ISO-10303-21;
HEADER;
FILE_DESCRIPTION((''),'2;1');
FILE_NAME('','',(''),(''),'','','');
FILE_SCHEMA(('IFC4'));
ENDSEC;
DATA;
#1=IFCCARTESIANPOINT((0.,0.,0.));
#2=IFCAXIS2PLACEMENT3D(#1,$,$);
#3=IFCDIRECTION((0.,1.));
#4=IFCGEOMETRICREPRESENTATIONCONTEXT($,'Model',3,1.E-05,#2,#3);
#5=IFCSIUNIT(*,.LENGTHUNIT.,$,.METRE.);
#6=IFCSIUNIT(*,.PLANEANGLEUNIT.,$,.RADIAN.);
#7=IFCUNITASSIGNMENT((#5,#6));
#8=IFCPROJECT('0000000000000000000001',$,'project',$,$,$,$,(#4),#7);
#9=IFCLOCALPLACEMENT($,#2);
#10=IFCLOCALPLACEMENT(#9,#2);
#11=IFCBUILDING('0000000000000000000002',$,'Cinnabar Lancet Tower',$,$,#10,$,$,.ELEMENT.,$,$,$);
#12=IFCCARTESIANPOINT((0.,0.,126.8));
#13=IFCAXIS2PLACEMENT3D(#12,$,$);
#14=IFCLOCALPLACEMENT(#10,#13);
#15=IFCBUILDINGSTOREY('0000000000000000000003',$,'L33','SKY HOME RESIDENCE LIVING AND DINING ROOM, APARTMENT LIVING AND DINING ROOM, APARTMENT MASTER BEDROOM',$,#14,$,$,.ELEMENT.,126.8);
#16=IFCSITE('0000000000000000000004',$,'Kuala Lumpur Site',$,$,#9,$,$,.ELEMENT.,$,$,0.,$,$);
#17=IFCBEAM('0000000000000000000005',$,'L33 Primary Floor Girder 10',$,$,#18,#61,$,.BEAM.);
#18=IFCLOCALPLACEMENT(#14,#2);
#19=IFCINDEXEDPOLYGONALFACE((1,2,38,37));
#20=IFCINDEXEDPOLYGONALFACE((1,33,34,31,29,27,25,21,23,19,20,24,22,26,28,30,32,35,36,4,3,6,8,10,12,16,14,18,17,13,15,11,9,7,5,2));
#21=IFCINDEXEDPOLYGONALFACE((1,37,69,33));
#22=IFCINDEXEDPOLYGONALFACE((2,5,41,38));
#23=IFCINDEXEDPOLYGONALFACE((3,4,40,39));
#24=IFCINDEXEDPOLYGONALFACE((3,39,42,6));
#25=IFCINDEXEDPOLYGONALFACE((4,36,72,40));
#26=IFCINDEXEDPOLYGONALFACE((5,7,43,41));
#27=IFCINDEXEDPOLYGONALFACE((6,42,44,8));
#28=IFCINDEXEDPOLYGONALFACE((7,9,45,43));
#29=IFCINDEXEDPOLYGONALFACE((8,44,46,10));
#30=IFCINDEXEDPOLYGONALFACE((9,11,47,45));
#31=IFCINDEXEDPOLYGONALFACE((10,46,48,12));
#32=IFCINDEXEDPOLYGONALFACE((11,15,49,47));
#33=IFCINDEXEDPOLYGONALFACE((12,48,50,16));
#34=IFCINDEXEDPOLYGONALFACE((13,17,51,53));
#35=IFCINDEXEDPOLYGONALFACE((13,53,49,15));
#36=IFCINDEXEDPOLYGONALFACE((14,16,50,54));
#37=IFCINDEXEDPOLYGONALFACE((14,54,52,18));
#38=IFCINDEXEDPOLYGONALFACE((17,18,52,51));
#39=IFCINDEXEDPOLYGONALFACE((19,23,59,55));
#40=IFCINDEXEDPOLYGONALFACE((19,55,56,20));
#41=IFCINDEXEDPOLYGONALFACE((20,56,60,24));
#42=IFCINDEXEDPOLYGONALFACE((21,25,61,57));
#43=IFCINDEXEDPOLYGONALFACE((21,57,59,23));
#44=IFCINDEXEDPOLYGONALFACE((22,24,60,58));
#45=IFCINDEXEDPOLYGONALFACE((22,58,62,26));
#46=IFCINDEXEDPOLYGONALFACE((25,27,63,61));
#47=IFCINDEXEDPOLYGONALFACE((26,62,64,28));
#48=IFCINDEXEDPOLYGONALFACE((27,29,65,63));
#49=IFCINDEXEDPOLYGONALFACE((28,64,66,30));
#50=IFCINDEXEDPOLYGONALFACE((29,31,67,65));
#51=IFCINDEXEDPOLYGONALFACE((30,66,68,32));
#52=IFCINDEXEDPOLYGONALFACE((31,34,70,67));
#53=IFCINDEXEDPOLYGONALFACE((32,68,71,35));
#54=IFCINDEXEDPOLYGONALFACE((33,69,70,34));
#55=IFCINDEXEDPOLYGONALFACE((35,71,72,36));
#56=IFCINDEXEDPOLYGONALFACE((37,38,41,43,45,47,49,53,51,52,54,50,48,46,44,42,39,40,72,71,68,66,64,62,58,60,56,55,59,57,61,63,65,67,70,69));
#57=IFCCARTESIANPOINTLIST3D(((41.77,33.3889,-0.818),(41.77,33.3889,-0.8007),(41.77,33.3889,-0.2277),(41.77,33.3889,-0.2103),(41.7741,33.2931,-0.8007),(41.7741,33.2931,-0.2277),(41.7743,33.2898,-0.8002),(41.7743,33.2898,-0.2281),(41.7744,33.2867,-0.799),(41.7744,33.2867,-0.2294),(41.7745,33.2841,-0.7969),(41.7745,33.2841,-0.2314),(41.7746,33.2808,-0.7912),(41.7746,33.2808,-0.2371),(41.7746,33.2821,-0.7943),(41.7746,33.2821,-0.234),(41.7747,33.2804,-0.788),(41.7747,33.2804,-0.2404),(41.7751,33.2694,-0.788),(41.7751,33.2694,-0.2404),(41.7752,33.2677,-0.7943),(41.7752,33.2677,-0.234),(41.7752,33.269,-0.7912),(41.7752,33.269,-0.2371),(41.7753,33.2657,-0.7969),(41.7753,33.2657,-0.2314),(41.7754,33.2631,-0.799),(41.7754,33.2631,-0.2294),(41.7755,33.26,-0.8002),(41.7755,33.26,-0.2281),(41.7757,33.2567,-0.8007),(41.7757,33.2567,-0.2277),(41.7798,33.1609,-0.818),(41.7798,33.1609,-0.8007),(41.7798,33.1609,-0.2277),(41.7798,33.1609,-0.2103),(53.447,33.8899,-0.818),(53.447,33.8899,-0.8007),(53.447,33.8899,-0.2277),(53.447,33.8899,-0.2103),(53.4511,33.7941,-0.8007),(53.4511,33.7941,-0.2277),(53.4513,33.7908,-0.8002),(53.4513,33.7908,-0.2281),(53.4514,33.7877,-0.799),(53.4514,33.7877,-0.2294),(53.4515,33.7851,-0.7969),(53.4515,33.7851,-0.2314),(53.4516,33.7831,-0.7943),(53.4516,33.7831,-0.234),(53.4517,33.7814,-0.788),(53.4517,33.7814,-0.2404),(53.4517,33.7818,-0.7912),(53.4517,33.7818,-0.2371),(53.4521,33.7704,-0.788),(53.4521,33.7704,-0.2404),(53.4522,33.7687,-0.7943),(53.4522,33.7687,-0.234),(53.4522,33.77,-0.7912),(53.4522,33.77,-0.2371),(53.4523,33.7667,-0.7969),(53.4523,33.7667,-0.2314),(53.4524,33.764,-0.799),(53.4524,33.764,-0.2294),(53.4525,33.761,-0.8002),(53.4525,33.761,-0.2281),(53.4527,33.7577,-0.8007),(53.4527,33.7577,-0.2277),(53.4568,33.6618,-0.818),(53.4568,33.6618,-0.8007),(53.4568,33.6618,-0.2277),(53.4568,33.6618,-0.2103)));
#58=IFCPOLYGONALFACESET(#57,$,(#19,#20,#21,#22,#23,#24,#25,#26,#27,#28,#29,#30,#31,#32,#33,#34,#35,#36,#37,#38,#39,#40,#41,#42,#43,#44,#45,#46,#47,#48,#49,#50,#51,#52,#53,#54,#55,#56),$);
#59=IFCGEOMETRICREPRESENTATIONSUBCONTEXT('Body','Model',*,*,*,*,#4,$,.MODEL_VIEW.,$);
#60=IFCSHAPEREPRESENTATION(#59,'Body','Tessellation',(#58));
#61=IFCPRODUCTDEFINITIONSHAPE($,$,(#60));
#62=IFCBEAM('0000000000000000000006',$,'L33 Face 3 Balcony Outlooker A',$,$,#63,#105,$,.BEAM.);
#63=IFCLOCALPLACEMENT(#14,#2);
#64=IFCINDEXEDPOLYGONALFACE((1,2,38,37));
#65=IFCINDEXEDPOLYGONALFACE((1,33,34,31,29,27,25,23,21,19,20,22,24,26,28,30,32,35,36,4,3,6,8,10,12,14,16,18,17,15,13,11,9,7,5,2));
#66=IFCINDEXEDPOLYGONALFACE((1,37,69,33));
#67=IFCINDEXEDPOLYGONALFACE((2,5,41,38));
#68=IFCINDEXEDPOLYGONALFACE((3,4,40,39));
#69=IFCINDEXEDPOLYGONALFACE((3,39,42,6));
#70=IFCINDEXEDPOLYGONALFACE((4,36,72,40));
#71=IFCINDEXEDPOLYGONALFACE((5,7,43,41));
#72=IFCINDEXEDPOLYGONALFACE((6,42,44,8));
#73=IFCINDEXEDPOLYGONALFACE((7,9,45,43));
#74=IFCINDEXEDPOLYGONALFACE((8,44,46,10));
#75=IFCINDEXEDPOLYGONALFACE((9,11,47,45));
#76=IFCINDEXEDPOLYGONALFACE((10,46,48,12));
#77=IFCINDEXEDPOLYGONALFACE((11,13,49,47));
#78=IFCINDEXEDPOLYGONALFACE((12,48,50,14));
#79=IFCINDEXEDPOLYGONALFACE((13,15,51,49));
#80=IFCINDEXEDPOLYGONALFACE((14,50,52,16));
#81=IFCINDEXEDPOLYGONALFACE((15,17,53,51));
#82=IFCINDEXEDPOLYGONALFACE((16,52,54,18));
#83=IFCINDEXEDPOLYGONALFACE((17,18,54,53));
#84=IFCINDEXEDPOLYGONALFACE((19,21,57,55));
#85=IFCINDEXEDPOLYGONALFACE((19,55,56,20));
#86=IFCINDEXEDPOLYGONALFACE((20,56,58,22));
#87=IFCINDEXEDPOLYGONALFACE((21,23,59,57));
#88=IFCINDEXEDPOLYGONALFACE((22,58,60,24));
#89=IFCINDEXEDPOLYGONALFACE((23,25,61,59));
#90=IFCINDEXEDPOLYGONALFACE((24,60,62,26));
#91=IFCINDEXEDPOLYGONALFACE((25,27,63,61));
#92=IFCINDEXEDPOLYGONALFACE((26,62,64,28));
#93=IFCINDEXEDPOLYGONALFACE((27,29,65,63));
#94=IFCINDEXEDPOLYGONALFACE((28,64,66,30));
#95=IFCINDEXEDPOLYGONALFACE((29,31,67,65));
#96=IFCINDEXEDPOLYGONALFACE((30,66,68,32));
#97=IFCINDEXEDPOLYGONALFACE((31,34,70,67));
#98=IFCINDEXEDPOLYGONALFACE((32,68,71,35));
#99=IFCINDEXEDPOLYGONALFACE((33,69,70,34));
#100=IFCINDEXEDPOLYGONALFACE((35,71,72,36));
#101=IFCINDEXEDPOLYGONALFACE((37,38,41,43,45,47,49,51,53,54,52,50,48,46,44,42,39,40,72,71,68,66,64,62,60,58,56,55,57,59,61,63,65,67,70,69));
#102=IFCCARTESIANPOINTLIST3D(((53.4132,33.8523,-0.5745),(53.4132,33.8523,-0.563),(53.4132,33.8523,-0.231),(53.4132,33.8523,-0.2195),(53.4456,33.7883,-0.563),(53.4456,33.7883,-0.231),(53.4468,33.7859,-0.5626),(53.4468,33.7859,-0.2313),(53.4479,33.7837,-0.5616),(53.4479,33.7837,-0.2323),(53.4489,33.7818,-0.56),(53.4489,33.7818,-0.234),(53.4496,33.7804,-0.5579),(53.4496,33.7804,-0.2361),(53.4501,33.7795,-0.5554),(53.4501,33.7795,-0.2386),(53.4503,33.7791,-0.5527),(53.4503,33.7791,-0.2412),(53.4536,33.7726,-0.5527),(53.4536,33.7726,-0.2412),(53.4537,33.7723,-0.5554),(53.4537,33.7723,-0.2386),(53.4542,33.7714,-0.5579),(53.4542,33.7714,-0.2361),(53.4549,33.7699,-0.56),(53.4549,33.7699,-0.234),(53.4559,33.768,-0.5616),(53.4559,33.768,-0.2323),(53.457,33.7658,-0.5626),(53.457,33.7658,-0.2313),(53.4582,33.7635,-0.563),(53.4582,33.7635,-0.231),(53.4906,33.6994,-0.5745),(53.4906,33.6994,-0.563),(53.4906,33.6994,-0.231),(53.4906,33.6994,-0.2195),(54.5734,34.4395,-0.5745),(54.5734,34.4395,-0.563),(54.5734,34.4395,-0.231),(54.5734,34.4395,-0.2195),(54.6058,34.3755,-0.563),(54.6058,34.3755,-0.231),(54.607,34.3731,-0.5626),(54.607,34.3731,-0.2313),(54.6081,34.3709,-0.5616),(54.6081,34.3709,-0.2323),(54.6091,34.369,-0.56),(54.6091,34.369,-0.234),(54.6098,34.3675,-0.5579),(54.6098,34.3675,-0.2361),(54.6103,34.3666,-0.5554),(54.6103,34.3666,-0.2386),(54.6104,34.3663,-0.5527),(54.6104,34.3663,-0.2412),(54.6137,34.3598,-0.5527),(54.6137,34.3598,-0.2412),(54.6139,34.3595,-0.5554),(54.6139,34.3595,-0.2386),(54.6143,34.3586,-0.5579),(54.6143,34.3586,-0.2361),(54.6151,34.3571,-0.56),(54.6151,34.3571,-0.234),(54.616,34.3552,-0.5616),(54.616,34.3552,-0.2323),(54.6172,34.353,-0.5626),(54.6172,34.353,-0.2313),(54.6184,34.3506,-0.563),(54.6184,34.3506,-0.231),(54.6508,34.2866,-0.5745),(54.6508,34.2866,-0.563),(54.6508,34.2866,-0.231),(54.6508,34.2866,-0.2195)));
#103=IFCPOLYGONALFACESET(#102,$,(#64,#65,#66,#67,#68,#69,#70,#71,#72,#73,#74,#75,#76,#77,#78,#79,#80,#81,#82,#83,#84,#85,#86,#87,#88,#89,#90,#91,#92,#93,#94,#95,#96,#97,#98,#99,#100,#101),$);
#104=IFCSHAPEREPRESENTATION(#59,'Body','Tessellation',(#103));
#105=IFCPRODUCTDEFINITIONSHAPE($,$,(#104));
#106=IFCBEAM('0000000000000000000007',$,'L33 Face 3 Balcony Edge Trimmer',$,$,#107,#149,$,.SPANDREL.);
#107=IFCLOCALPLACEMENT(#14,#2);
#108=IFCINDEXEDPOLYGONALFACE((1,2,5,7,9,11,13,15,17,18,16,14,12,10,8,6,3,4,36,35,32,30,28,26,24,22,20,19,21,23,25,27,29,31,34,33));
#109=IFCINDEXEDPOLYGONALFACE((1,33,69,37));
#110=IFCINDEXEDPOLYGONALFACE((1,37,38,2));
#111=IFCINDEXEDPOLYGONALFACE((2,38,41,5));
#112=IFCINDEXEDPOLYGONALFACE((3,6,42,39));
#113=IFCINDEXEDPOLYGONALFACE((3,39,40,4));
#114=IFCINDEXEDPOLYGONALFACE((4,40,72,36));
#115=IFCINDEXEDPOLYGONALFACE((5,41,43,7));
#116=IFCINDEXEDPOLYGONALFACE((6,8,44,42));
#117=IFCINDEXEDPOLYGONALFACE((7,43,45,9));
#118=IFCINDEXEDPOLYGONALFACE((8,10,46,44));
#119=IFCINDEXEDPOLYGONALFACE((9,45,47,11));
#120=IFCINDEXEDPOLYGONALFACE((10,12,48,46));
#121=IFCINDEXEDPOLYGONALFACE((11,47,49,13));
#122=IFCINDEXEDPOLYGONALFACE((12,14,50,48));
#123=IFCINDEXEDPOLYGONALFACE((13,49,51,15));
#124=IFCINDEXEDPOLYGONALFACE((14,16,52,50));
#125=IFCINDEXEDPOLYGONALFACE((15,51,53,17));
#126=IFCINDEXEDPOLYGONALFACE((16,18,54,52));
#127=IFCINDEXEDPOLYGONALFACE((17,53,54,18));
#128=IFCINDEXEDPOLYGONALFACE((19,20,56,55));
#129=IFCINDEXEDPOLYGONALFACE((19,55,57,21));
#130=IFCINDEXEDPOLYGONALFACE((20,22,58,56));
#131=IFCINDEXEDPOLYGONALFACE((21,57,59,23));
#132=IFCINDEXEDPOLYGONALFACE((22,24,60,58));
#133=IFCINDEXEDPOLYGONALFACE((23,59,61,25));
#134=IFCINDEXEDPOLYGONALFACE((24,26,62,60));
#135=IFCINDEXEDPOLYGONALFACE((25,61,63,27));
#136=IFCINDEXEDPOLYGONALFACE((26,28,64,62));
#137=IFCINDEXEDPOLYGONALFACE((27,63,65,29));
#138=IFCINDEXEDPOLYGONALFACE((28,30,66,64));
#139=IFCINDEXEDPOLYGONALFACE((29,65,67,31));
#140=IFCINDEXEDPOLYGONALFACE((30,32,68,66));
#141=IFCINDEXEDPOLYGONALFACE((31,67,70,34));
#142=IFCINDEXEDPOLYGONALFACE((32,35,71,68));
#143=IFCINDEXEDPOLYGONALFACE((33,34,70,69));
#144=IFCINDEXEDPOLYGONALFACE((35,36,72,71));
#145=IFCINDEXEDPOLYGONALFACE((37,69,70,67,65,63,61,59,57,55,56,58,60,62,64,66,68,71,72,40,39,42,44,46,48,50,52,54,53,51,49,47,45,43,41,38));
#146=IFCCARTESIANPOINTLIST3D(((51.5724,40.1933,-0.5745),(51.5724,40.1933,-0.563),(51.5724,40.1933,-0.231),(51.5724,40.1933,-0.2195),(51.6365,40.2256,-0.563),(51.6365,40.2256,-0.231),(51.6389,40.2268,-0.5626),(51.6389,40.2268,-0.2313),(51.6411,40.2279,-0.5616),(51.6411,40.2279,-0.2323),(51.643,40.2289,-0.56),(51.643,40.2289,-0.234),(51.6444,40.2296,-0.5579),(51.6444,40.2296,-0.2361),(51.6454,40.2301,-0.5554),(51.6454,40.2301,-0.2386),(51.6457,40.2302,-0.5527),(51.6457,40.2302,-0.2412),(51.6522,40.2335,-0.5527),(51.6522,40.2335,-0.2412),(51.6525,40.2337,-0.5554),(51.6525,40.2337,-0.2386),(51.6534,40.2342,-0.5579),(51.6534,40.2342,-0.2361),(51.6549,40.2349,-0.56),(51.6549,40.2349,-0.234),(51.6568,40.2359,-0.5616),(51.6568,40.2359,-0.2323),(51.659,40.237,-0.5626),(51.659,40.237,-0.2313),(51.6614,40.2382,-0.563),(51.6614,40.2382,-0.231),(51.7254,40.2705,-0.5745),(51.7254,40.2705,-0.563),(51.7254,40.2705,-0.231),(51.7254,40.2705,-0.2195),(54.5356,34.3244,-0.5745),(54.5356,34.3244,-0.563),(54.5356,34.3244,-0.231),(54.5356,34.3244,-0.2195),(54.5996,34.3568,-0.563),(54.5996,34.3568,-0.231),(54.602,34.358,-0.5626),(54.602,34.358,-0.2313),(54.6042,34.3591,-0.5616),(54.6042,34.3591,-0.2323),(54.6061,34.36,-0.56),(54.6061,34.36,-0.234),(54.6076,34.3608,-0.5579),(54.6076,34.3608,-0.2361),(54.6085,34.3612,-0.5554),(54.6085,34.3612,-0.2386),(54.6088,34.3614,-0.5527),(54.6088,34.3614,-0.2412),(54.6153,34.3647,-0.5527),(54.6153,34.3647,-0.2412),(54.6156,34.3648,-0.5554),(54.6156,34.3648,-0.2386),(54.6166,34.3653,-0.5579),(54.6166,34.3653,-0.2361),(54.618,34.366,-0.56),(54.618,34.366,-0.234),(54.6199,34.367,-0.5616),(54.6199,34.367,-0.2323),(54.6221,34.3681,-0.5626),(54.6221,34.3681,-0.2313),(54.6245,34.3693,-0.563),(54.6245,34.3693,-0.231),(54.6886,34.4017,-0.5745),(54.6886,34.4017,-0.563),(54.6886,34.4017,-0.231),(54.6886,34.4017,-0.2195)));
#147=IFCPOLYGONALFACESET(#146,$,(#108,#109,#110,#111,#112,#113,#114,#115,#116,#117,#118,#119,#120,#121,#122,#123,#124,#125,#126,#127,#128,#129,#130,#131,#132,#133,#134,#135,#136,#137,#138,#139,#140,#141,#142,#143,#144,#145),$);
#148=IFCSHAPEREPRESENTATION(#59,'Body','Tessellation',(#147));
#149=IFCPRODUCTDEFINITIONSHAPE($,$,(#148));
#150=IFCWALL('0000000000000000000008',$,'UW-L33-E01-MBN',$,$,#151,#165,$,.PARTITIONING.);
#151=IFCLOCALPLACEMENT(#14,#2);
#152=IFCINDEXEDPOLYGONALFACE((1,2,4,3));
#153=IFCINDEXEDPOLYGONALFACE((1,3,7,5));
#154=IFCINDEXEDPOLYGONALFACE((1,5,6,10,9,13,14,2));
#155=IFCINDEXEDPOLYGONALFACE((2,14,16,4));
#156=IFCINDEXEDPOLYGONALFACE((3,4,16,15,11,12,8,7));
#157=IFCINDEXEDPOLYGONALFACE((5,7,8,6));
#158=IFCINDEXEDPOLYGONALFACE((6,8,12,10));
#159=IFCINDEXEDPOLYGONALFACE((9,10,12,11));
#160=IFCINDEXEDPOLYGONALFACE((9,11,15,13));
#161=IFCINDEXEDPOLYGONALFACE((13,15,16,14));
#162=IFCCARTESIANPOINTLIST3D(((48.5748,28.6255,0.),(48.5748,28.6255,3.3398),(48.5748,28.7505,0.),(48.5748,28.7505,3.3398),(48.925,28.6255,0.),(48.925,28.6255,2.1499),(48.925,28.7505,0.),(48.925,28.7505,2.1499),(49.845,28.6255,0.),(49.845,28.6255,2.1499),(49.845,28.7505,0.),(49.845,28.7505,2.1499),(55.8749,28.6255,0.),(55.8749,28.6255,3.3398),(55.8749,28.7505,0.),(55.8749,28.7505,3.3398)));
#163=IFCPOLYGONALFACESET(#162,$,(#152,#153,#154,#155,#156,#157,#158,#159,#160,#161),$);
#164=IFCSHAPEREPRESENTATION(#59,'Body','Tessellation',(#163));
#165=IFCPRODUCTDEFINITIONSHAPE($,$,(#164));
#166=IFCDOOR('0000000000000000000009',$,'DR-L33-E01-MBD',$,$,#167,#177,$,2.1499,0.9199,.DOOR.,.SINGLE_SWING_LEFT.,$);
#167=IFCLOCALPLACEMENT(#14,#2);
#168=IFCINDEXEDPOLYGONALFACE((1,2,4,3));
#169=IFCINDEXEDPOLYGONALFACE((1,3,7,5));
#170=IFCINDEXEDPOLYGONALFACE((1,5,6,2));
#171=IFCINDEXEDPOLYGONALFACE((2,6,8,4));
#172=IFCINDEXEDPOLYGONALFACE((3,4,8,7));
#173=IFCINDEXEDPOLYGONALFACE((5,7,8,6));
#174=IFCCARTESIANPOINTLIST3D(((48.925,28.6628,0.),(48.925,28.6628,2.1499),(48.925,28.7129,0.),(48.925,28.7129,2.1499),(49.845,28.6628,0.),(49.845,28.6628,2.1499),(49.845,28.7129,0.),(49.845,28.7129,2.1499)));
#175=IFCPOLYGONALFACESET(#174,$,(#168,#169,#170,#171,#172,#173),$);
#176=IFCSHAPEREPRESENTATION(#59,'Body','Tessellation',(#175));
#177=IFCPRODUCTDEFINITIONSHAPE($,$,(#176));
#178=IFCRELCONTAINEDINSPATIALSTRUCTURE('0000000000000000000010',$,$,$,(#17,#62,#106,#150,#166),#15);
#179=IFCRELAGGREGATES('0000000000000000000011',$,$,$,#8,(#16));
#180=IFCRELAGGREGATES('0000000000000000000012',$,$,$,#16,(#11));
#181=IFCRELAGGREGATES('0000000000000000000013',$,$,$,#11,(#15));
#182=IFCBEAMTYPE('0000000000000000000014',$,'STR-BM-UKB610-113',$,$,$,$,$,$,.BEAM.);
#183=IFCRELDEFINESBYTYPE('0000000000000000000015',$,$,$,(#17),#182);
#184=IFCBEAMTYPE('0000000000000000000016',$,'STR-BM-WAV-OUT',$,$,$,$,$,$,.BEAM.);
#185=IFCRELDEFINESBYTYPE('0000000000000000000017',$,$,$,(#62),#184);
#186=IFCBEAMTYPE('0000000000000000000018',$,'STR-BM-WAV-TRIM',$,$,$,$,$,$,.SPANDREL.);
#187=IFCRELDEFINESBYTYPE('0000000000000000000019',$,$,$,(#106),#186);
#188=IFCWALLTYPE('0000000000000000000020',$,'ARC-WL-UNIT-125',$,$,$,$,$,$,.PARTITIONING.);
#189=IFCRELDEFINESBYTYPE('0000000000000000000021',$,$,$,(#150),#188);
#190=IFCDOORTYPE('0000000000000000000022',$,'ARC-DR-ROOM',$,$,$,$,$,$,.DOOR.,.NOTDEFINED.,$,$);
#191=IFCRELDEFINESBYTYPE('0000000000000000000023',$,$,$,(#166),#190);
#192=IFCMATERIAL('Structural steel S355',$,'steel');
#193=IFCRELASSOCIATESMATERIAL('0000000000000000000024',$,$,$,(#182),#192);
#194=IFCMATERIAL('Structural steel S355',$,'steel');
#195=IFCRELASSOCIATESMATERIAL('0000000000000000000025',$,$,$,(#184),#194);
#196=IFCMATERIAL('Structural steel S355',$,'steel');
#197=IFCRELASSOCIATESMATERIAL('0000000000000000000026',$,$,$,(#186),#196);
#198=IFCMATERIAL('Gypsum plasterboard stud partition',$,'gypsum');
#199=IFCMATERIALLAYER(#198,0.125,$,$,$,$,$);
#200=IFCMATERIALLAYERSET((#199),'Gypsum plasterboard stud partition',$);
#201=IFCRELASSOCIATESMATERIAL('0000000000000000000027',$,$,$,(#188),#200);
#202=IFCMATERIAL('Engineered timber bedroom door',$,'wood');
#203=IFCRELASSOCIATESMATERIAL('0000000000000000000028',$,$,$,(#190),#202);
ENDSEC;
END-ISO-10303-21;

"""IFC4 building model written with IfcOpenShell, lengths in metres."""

from ifc_helpers import new_model, si_unit, direction, frame, frame_2d, origin, origin_2d, place, context, subcontext, project, spatial, rectangle, i_section, extrude, material, layer, layer_set, material_profile, profile_set, type_object, element, fill, save


model = new_model("IFC4")

# Units and contexts
model_context = context("Model", 3, precision=1e-05, world=origin(), true_north=direction((0.0, 1.0)))
body_context = subcontext(model_context, "Body", "Model", "MODEL_VIEW")
ifc_project = project(units=[si_unit("LENGTHUNIT", "METRE"), si_unit("PLANEANGLEUNIT", "RADIAN")], contexts=[model_context])

# Site, building, storey
site_placement = place(None, origin())
site = spatial("IfcSite", under=ifc_project, at=site_placement, Name="Kuala Lumpur Site", CompositionType="ELEMENT", RefElevation=0.0)
building_placement = place(site_placement, origin())
building = spatial("IfcBuilding", under=site, at=building_placement, Name="Cinnabar Lancet Tower", CompositionType="ELEMENT")
storey_placement = place(building_placement, frame((0.0, 0.0, 126.8)))
storey = spatial("IfcBuildingStorey", under=building, at=storey_placement, Name="L33", Description="SKY HOME RESIDENCE LIVING AND DINING ROOM, APARTMENT LIVING AND DINING ROOM, APARTMENT MASTER BEDROOM", CompositionType="ELEMENT", Elevation=126.8)

# Beams
ifc_material_1 = material(Name="Structural steel S355", Category="steel")
ifc_material_profile_1 = material_profile(ifc_material_1, i_section(OverallWidth=0.2283, OverallDepth=0.6077, WebThickness=0.011, FlangeThickness=0.0173, FilletRadius=0.0127, at=origin_2d()), Name="UKB 610x229x113")
ifc_profile_set_1 = profile_set([ifc_material_profile_1], Name="Structural steel S355")
beam_type_1 = type_object("IfcBeamType", Name="STR-BM-UKB610-113", PredefinedType="BEAM", material=ifc_profile_set_1)
beam_1_placement = place(storey_placement, frame((53.4519, 33.7759, -0.5142), z_axis=(-0.999081, -0.042863, 0.0), x_axis=(0.042863, -0.999081, 0.0)))
element("IfcBeam", 1, at=beam_1_placement, inside=storey, type_object=beam_type_1, Name="L33 Primary Floor Girder 10", PredefinedType="BEAM", context=body_context, shape_type="SweptSolid", body=[
    extrude(i_section(OverallWidth=0.2283, OverallDepth=0.6077, WebThickness=0.011, FlangeThickness=0.0173, FilletRadius=0.0127, at=origin_2d()), origin(), (0.0, 0.0, 1.0), 11.6877),
])
ifc_material_2 = material(Name="Structural steel S355", Category="steel")
ifc_material_profile_2 = material_profile(ifc_material_2, i_section(OverallWidth=0.1714, OverallDepth=0.355, WebThickness=0.0073, FlangeThickness=0.0115, FilletRadius=0.0103, at=origin_2d()), Name="UKB 356x171x51")
ifc_profile_set_2 = profile_set([ifc_material_profile_2], Name="Structural steel S355")
beam_type_2 = type_object("IfcBeamType", Name="STR-BM-WAV-OUT", PredefinedType="BEAM", material=ifc_profile_set_2)
beam_2_placement = place(storey_placement, frame((53.4519, 33.7759, -0.397), z_axis=(0.892239, 0.451564, 0.0), x_axis=(-0.451564, 0.892239, 0.0)))
element("IfcBeam", 2, at=beam_2_placement, inside=storey, type_object=beam_type_2, Name="L33 Face 3 Balcony Outlooker A", PredefinedType="BEAM", context=body_context, shape_type="SweptSolid", body=[
    extrude(i_section(OverallWidth=0.1714, OverallDepth=0.355, WebThickness=0.0073, FlangeThickness=0.0115, FilletRadius=0.0103, at=origin_2d()), origin(), (0.0, 0.0, 1.0), 1.3003),
])
ifc_material_3 = material(Name="Structural steel S355", Category="steel")
ifc_material_profile_3 = material_profile(ifc_material_3, i_section(OverallWidth=0.1714, OverallDepth=0.355, WebThickness=0.0073, FlangeThickness=0.0115, FilletRadius=0.0103, at=origin_2d()), Name="UKB 356x171x51")
ifc_profile_set_3 = profile_set([ifc_material_profile_3], Name="Structural steel S355")
beam_type_3 = type_object("IfcBeamType", Name="STR-BM-WAV-TRIM", PredefinedType="SPANDREL", material=ifc_profile_set_3)
beam_3_placement = place(storey_placement, frame((54.6121, 34.363, -0.397), z_axis=(-0.450701, 0.892675, 0.0), x_axis=(-0.892675, -0.450701, 0.0)))
element("IfcBeam", 3, at=beam_3_placement, inside=storey, type_object=beam_type_3, Name="L33 Face 3 Balcony Edge Trimmer", PredefinedType="SPANDREL", context=body_context, shape_type="SweptSolid", body=[
    extrude(i_section(OverallWidth=0.1714, OverallDepth=0.355, WebThickness=0.0073, FlangeThickness=0.0115, FilletRadius=0.0103, at=origin_2d()), origin(), (0.0, 0.0, 1.0), 6.5745),
])

# Wall, opening, door
ifc_material_4 = material(Name="Gypsum plasterboard stud partition", Category="gypsum")
ifc_layer_1 = layer(ifc_material_4, 0.125)
ifc_layer_set_1 = layer_set([ifc_layer_1], Name="Gypsum plasterboard stud partition")
wall_type_1 = type_object("IfcWallType", Name="ARC-WL-UNIT-125", PredefinedType="PARTITIONING", material=ifc_layer_set_1)
wall_1_placement = place(storey_placement, frame((48.575, 28.688, 0.0), z_axis=(0.0, 0.0, 1.0), x_axis=(1.0, 0.0, 0.0)))
wall_1 = element("IfcWall", 4, at=wall_1_placement, inside=storey, type_object=wall_type_1, Name="UW-L33-E01-MBN", PredefinedType="PARTITIONING", context=body_context, shape_type="SweptSolid", body=[
    extrude(rectangle(XDim=7.3, YDim=0.125, at=frame_2d((3.6499, 0.0))), origin(), (0.0, 0.0, 1.0), 3.3398),
])
opening_1_placement = place(wall_1_placement, frame((0.3501, 0.0, 0.0)))
opening_1 = element("IfcOpeningElement", 5, at=opening_1_placement, cuts=wall_1, PredefinedType="OPENING", context=body_context, shape_type="SweptSolid", body=[
    extrude(rectangle(XDim=0.9199, YDim=2.1499, at=frame_2d((0.46, 1.075))), frame((0.0, 0.0725, 0.0), z_axis=(0.0, -1.0, 0.0), x_axis=(1.0, 0.0, 0.0)), (0.0, 0.0, 1.0), 0.145),
])
ifc_material_5 = material(Name="Engineered timber bedroom door", Category="wood")
door_type_1 = type_object("IfcDoorType", Name="ARC-DR-ROOM", OperationType="NOTDEFINED", PredefinedType="DOOR", material=ifc_material_5)
door_1_placement = place(opening_1_placement, origin())
door_1 = element("IfcDoor", 6, at=door_1_placement, inside=storey, type_object=door_type_1, Name="DR-L33-E01-MBD", OperationType="SINGLE_SWING_LEFT", OverallHeight=2.1499, OverallWidth=0.9199, PredefinedType="DOOR", context=body_context, shape_type="SweptSolid", body=[
    extrude(rectangle(XDim=0.9199, YDim=2.1499, at=frame_2d((0.46, 1.075))), frame((0.0, 0.0249, 0.0), z_axis=(0.0, -1.0, 0.0), x_axis=(1.0, 0.0, 0.0)), (0.0, 0.0, 1.0), 0.05),
])
fill(opening_1, door_1)

save(model, "model.ifc")
